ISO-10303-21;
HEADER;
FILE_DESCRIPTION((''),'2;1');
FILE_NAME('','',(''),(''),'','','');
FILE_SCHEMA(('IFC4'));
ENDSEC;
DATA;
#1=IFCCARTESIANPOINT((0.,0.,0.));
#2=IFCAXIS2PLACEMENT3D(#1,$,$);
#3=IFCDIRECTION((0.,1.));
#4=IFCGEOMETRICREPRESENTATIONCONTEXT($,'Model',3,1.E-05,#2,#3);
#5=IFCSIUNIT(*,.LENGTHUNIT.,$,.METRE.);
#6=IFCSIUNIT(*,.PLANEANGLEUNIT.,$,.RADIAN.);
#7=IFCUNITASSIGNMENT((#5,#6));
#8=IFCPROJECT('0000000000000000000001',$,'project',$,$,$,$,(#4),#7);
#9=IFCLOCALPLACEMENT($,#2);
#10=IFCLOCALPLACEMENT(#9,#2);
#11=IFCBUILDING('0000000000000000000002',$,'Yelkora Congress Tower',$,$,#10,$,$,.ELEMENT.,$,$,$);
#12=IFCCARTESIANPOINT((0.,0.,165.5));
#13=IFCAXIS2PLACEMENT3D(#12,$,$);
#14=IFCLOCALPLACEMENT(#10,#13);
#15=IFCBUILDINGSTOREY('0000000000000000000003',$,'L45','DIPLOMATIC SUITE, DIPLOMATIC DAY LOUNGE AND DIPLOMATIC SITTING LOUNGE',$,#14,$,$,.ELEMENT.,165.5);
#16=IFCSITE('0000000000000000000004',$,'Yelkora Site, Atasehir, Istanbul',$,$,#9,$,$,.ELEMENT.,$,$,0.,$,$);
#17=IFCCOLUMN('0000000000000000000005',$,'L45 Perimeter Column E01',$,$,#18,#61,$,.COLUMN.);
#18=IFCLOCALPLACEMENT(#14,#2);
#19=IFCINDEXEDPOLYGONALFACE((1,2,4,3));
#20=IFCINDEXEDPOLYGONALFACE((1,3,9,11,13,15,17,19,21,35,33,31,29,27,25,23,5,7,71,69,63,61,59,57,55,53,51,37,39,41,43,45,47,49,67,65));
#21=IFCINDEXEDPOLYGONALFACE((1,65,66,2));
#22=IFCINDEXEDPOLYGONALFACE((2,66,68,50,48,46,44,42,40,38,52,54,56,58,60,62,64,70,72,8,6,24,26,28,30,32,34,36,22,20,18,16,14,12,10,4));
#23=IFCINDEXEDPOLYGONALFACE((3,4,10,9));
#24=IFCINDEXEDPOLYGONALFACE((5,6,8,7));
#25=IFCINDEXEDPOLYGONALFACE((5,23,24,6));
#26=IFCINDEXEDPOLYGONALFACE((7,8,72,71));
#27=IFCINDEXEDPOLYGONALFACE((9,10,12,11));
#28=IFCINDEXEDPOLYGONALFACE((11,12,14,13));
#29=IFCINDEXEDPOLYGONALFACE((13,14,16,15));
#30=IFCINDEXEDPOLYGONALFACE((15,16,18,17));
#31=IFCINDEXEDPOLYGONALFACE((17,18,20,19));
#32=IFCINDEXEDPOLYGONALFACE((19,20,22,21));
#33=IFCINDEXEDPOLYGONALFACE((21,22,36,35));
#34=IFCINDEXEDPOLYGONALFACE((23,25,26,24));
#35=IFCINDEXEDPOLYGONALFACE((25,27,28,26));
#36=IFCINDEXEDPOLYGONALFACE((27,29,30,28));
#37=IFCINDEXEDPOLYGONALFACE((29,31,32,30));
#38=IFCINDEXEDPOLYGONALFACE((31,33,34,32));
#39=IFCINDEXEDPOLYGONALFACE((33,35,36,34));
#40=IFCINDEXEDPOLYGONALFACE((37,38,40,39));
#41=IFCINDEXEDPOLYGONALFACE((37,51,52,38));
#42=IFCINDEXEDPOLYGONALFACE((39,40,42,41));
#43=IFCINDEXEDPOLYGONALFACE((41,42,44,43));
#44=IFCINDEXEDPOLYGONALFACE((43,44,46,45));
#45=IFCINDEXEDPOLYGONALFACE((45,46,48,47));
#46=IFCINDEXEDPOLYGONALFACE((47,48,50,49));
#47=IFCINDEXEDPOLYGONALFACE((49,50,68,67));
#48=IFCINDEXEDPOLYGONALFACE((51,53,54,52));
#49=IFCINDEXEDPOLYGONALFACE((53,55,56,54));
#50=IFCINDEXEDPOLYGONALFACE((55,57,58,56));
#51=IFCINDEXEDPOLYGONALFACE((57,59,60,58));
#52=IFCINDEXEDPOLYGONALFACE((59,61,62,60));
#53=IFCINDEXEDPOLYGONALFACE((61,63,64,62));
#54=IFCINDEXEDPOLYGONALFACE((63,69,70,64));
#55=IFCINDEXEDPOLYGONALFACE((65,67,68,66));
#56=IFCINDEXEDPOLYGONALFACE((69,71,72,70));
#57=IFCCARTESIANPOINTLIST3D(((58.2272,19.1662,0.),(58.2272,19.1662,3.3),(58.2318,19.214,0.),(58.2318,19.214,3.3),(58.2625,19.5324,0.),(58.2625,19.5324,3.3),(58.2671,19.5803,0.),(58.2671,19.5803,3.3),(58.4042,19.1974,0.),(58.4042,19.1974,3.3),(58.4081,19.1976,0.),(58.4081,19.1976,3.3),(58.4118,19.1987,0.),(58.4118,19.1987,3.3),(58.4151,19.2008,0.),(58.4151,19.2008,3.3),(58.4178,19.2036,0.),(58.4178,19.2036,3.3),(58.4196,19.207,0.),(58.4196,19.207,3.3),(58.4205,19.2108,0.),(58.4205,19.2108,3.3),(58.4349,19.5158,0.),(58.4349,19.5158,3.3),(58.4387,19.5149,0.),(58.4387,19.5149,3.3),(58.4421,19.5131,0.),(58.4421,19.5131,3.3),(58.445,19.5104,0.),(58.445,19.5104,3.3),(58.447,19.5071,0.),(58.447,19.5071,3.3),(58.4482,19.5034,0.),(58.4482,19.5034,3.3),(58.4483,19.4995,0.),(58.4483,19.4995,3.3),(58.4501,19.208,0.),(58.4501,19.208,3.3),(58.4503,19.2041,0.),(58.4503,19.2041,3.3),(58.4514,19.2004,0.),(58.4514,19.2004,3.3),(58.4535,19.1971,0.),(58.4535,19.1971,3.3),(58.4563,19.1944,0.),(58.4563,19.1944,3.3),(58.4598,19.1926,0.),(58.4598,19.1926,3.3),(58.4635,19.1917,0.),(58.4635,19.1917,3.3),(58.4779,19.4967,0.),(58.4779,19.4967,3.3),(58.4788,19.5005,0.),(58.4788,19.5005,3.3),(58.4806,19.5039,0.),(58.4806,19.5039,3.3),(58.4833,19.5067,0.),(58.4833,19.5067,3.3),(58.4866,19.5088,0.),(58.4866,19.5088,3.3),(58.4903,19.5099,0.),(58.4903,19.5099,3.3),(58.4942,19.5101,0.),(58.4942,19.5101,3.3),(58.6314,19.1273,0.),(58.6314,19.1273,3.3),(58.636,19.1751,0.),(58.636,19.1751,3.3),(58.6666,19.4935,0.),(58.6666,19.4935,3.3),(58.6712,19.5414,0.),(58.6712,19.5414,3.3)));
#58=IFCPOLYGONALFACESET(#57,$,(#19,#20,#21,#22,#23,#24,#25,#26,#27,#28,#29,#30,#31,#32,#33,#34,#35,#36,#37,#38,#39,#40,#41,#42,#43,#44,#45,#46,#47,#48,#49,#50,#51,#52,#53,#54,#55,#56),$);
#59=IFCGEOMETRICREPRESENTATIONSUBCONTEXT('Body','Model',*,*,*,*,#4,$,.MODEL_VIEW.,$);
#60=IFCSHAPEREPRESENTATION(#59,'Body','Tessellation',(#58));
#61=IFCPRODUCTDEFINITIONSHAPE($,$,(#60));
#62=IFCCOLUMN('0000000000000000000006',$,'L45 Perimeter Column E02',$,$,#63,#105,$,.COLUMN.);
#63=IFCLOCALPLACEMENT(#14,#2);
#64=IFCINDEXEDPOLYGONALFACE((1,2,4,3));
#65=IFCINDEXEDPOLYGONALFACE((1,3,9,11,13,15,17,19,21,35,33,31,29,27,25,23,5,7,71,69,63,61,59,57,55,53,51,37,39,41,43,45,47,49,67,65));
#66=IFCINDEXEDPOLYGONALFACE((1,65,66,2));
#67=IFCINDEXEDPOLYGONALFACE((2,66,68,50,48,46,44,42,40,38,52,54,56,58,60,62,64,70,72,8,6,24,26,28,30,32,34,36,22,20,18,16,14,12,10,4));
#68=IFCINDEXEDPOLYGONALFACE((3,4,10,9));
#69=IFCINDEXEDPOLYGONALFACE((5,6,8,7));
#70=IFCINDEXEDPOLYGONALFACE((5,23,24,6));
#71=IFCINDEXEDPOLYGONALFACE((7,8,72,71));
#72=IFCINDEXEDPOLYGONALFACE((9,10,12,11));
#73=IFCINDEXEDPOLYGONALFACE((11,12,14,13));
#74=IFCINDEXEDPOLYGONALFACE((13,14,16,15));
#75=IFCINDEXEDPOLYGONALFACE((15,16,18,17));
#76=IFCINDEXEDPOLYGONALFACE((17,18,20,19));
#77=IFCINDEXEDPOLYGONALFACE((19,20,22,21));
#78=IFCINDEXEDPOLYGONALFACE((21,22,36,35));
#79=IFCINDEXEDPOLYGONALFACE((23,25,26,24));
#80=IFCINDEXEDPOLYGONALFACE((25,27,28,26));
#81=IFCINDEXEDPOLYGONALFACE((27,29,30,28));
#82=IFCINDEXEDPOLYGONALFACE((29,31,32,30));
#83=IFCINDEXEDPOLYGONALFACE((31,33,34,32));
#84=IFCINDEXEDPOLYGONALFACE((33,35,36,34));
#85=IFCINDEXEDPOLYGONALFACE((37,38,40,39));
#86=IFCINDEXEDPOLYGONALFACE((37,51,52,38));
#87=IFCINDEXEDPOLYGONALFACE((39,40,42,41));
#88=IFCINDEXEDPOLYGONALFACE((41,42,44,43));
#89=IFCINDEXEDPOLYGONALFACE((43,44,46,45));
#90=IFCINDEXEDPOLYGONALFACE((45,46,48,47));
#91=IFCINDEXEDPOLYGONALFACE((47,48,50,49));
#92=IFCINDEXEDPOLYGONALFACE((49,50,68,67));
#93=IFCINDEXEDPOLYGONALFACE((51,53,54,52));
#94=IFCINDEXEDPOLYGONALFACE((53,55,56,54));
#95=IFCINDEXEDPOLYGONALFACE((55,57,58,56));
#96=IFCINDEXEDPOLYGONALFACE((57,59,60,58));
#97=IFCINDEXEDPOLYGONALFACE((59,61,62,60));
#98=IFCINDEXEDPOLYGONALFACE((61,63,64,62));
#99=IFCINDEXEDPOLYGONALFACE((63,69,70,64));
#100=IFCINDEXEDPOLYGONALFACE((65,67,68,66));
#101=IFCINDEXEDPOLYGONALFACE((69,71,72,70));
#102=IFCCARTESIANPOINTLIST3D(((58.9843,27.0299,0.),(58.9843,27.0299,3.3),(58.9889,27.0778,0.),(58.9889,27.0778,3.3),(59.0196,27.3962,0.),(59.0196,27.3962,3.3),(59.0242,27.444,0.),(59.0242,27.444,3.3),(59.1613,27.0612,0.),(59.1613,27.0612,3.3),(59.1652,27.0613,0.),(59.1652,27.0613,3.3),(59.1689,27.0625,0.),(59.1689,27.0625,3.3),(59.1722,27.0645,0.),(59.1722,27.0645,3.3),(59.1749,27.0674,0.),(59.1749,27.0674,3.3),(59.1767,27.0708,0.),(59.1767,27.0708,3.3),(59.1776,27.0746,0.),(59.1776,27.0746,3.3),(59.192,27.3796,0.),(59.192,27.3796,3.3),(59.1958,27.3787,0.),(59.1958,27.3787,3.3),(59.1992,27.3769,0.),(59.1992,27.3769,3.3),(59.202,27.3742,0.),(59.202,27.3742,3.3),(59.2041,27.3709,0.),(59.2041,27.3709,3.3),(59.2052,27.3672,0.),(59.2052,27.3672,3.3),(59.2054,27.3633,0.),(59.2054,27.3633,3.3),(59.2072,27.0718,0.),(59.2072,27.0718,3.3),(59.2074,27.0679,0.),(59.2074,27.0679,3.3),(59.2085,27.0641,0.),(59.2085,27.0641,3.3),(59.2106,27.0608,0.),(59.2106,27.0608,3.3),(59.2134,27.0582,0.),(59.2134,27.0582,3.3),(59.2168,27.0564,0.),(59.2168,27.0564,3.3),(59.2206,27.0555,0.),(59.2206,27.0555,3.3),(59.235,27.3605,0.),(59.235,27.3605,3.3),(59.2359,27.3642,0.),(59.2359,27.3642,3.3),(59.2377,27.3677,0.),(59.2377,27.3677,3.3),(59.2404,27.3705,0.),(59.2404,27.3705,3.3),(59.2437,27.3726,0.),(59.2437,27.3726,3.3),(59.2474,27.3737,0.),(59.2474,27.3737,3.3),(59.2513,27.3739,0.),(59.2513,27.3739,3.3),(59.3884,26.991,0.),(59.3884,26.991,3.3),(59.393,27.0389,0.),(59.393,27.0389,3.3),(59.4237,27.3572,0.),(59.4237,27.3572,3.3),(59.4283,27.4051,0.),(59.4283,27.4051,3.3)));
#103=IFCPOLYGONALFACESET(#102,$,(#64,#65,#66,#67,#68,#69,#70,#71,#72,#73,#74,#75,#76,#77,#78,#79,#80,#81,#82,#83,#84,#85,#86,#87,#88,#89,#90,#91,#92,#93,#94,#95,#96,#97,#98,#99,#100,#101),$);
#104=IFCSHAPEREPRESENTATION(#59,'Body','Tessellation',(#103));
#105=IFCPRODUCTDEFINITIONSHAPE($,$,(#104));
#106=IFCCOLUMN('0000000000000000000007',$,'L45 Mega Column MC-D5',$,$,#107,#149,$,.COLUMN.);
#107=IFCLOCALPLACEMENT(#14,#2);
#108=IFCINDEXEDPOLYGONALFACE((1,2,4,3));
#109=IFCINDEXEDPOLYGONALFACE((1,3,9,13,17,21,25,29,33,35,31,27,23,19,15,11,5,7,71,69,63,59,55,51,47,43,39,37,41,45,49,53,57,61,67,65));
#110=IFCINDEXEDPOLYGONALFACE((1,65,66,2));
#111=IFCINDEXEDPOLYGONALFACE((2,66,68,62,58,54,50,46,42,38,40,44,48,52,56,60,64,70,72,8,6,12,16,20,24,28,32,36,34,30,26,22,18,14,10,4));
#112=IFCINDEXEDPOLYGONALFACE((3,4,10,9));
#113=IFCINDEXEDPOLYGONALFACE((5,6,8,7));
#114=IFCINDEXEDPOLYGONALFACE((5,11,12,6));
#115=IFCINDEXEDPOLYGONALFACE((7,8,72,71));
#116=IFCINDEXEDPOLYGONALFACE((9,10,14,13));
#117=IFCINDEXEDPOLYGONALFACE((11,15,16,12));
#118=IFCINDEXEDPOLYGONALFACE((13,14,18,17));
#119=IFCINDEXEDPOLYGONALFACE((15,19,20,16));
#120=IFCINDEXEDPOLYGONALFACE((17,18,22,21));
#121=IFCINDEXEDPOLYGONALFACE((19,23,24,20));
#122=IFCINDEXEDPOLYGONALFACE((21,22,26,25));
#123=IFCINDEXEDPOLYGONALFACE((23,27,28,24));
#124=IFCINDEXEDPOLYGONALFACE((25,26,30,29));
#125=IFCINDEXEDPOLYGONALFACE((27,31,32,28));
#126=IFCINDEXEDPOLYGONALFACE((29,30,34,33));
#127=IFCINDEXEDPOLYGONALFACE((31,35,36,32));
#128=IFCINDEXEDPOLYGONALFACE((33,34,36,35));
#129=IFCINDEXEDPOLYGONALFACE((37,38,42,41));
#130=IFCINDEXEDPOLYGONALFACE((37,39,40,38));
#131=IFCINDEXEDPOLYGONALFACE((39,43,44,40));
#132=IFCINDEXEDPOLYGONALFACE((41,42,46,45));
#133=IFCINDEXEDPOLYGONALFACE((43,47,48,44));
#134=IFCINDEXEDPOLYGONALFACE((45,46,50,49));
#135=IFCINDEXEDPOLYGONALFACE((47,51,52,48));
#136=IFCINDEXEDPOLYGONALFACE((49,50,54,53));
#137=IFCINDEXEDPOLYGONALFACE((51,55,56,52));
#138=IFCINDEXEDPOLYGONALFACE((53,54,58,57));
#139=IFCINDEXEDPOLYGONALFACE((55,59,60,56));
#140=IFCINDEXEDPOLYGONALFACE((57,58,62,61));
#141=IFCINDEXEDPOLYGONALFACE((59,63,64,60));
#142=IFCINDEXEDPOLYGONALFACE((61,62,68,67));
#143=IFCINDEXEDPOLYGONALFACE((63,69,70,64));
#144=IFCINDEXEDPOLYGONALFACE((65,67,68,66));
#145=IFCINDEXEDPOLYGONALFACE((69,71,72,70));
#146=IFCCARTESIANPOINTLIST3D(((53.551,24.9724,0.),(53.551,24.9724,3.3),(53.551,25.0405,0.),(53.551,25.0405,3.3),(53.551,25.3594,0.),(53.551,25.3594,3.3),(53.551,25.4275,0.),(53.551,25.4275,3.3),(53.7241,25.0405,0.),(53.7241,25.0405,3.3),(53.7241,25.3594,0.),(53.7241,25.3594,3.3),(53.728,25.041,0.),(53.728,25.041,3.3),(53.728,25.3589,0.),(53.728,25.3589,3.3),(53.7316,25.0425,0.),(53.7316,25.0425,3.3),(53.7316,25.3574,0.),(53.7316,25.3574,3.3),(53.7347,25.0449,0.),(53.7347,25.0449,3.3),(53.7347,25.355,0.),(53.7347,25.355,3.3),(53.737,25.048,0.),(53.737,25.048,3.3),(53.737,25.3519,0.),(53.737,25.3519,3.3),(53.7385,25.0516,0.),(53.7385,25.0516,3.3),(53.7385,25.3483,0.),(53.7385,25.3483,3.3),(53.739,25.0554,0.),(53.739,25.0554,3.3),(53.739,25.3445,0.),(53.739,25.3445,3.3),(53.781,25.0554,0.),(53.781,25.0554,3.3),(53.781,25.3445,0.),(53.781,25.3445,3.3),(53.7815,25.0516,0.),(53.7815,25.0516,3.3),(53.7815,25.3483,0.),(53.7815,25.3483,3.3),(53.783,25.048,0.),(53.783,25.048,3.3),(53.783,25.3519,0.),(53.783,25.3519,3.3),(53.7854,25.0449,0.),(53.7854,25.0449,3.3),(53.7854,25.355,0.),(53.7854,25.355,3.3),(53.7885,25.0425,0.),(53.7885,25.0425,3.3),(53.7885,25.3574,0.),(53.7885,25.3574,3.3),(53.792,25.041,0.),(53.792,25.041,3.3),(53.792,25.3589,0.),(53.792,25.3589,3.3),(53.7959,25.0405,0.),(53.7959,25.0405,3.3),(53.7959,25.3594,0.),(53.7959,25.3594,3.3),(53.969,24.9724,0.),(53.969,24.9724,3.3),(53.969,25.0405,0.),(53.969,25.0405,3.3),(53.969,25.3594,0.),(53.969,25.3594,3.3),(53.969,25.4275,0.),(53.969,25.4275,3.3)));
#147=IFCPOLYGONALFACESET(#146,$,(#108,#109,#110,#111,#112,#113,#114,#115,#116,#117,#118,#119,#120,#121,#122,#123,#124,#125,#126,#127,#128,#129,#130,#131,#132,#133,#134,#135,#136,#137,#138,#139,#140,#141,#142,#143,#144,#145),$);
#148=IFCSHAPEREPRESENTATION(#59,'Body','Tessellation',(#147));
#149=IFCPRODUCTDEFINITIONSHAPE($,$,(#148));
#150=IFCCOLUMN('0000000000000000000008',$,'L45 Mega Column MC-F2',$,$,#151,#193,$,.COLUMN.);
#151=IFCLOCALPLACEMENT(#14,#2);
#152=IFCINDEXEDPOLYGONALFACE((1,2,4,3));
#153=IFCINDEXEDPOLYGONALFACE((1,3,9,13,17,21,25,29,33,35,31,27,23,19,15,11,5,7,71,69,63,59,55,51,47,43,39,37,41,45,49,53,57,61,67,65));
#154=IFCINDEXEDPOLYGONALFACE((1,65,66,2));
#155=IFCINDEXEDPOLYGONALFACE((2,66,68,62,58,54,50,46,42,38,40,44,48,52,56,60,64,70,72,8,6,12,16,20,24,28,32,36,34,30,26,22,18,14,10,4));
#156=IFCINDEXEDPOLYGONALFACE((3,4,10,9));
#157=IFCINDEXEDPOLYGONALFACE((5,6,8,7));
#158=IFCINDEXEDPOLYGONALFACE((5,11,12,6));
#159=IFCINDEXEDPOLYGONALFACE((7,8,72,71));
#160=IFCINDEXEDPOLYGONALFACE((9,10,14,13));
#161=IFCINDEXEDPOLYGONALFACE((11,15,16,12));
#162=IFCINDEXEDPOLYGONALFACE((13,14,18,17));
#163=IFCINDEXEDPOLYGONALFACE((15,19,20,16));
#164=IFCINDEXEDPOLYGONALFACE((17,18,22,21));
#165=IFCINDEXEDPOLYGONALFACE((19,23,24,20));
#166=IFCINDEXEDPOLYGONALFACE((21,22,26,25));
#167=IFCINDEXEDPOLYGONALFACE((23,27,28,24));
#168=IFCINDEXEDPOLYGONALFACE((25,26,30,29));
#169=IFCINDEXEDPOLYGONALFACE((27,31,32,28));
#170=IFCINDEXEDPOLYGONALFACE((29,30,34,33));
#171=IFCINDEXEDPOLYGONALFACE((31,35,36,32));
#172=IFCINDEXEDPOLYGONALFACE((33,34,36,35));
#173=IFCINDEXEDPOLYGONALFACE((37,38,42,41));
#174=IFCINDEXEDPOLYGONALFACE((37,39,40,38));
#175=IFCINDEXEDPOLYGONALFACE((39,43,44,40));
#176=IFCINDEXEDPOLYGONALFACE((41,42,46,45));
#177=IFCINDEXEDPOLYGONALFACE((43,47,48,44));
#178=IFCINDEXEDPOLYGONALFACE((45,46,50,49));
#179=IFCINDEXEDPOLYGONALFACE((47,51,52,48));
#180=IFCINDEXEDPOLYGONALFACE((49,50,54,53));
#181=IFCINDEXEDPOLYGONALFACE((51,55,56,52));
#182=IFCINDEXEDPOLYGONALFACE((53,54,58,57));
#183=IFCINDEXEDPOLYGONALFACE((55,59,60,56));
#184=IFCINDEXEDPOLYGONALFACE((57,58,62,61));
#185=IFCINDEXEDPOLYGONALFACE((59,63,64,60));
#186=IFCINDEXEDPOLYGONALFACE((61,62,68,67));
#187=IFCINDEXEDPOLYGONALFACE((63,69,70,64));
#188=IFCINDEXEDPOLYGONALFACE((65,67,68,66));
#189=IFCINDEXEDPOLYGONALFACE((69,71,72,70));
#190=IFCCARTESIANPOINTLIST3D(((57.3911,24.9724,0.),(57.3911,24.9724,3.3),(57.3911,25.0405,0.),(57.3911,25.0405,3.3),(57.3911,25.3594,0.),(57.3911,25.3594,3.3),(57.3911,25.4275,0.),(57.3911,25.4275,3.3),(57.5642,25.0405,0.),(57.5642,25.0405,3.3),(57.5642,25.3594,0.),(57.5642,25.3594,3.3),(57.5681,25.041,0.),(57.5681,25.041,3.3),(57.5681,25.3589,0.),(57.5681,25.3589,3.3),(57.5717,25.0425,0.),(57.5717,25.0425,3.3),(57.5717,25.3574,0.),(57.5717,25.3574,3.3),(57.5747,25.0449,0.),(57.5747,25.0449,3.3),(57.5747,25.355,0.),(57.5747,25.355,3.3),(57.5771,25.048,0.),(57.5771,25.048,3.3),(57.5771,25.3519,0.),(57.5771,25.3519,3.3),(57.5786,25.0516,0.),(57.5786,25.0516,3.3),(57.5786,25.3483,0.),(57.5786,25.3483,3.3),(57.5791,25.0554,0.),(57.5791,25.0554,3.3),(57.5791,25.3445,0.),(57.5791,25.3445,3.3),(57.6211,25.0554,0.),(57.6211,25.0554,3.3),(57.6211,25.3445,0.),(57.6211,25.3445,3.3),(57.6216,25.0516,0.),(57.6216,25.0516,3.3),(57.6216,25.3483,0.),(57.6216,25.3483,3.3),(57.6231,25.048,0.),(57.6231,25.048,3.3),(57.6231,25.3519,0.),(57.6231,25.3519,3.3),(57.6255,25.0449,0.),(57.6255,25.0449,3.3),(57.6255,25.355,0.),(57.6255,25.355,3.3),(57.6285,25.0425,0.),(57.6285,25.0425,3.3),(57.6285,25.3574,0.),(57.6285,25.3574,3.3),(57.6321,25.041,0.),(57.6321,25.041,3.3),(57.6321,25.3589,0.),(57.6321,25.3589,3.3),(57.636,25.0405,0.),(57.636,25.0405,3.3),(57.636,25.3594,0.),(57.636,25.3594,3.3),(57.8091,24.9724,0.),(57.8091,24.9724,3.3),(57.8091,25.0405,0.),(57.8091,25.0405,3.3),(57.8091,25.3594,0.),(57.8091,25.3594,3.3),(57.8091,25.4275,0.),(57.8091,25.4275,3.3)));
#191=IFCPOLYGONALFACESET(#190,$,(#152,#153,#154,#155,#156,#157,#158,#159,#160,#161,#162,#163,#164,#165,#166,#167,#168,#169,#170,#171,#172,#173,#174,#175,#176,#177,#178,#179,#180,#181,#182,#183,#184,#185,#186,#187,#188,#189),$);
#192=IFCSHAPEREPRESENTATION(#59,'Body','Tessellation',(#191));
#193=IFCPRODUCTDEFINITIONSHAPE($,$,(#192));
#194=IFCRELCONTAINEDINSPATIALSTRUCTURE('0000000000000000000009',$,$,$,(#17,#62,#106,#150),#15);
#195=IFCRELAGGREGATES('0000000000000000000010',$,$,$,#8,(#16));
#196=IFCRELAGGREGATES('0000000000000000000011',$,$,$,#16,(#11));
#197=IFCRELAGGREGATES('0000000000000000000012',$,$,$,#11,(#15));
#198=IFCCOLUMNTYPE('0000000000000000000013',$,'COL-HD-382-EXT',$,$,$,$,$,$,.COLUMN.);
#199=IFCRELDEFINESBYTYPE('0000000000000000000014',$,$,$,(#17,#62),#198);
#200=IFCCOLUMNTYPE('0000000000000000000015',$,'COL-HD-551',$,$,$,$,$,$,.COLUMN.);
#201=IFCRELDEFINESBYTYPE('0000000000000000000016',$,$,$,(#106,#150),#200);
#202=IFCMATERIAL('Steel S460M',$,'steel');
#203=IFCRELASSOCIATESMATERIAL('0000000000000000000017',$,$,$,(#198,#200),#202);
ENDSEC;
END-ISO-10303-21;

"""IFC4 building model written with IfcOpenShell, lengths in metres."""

from ifc_helpers import new_model, si_unit, direction, frame, origin, origin_2d, place, context, subcontext, project, spatial, i_section, extrude, material, material_profile, profile_set, type_object, element, save


model = new_model("IFC4")

# Units and contexts
model_context = context("Model", 3, precision=1e-05, world=origin(), true_north=direction((0.0, 1.0)))
body_context = subcontext(model_context, "Body", "Model", "MODEL_VIEW")
ifc_project = project(units=[si_unit("LENGTHUNIT", "METRE"), si_unit("PLANEANGLEUNIT", "RADIAN")], contexts=[model_context])

# Site, building, storey
site_placement = place(None, origin())
site = spatial("IfcSite", under=ifc_project, at=site_placement, Name="Yelkora Site, Atasehir, Istanbul", CompositionType="ELEMENT", RefElevation=0.0)
building_placement = place(site_placement, origin())
building = spatial("IfcBuilding", under=site, at=building_placement, Name="Yelkora Congress Tower", CompositionType="ELEMENT")
storey_placement = place(building_placement, frame((0.0, 0.0, 165.5)))
storey = spatial("IfcBuildingStorey", under=building, at=storey_placement, Name="L45", Description="DIPLOMATIC SUITE, DIPLOMATIC DAY LOUNGE AND DIPLOMATIC SITTING LOUNGE", CompositionType="ELEMENT", Elevation=165.5)

# Columns
ifc_material_1 = material(Name="Steel S460M", Category="steel")
ifc_material_profile_1 = material_profile(ifc_material_1, i_section(OverallWidth=0.406, OverallDepth=0.416, WebThickness=0.0298, FlangeThickness=0.0481, FilletRadius=0.0149, at=origin_2d()), Name="HD 400x382")
ifc_profile_set_1 = profile_set([ifc_material_profile_1], Name="Steel S460M")
column_type_1 = type_object("IfcColumnType", Name="COL-HD-382-EXT", PredefinedType="COLUMN", material=ifc_profile_set_1)
for number, where, z_axis, x_axis, name in (
    (1, (58.4492, 19.3538, 0.0), (0.0, 0.0, 1.0), (0.995396, -0.095846, 0.0), "L45 Perimeter Column E01"),
    (2, (59.2063, 27.2175, 0.0), (0.0, 0.0, 1.0), (0.995396, -0.095846, 0.0), "L45 Perimeter Column E02"),
):
    element("IfcColumn", number, at=place(storey_placement, frame(where, z_axis=z_axis, x_axis=x_axis)), inside=storey, type_object=column_type_1, Name=name, PredefinedType="COLUMN", context=body_context, shape_type="SweptSolid", body=[
        extrude(i_section(OverallWidth=0.406, OverallDepth=0.416, WebThickness=0.0298, FlangeThickness=0.0481, FilletRadius=0.0149, at=origin_2d()), origin(), (0.0, 0.0, 1.0), 3.3),
    ])
ifc_material_profile_2 = material_profile(ifc_material_1, i_section(OverallWidth=0.418, OverallDepth=0.4551, WebThickness=0.042, FlangeThickness=0.0681, FilletRadius=0.0149, at=origin_2d()), Name="HD 400x551")
ifc_profile_set_2 = profile_set([ifc_material_profile_2], Name="Steel S460M")
column_type_2 = type_object("IfcColumnType", Name="COL-HD-551", PredefinedType="COLUMN", material=ifc_profile_set_2)
for number, where, z_axis, x_axis, name in (
    (3, (53.76, 25.2, 0.0), (0.0, 0.0, 1.0), (1.0, 0.0, 0.0), "L45 Mega Column MC-D5"),
    (4, (57.6001, 25.2, 0.0), (0.0, 0.0, 1.0), (1.0, 0.0, 0.0), "L45 Mega Column MC-F2"),
):
    element("IfcColumn", number, at=place(storey_placement, frame(where, z_axis=z_axis, x_axis=x_axis)), inside=storey, type_object=column_type_2, Name=name, PredefinedType="COLUMN", context=body_context, shape_type="SweptSolid", body=[
        extrude(i_section(OverallWidth=0.418, OverallDepth=0.4551, WebThickness=0.042, FlangeThickness=0.0681, FilletRadius=0.0149, at=origin_2d()), origin(), (0.0, 0.0, 1.0), 3.3),
    ])

save(model, "model.ifc")
